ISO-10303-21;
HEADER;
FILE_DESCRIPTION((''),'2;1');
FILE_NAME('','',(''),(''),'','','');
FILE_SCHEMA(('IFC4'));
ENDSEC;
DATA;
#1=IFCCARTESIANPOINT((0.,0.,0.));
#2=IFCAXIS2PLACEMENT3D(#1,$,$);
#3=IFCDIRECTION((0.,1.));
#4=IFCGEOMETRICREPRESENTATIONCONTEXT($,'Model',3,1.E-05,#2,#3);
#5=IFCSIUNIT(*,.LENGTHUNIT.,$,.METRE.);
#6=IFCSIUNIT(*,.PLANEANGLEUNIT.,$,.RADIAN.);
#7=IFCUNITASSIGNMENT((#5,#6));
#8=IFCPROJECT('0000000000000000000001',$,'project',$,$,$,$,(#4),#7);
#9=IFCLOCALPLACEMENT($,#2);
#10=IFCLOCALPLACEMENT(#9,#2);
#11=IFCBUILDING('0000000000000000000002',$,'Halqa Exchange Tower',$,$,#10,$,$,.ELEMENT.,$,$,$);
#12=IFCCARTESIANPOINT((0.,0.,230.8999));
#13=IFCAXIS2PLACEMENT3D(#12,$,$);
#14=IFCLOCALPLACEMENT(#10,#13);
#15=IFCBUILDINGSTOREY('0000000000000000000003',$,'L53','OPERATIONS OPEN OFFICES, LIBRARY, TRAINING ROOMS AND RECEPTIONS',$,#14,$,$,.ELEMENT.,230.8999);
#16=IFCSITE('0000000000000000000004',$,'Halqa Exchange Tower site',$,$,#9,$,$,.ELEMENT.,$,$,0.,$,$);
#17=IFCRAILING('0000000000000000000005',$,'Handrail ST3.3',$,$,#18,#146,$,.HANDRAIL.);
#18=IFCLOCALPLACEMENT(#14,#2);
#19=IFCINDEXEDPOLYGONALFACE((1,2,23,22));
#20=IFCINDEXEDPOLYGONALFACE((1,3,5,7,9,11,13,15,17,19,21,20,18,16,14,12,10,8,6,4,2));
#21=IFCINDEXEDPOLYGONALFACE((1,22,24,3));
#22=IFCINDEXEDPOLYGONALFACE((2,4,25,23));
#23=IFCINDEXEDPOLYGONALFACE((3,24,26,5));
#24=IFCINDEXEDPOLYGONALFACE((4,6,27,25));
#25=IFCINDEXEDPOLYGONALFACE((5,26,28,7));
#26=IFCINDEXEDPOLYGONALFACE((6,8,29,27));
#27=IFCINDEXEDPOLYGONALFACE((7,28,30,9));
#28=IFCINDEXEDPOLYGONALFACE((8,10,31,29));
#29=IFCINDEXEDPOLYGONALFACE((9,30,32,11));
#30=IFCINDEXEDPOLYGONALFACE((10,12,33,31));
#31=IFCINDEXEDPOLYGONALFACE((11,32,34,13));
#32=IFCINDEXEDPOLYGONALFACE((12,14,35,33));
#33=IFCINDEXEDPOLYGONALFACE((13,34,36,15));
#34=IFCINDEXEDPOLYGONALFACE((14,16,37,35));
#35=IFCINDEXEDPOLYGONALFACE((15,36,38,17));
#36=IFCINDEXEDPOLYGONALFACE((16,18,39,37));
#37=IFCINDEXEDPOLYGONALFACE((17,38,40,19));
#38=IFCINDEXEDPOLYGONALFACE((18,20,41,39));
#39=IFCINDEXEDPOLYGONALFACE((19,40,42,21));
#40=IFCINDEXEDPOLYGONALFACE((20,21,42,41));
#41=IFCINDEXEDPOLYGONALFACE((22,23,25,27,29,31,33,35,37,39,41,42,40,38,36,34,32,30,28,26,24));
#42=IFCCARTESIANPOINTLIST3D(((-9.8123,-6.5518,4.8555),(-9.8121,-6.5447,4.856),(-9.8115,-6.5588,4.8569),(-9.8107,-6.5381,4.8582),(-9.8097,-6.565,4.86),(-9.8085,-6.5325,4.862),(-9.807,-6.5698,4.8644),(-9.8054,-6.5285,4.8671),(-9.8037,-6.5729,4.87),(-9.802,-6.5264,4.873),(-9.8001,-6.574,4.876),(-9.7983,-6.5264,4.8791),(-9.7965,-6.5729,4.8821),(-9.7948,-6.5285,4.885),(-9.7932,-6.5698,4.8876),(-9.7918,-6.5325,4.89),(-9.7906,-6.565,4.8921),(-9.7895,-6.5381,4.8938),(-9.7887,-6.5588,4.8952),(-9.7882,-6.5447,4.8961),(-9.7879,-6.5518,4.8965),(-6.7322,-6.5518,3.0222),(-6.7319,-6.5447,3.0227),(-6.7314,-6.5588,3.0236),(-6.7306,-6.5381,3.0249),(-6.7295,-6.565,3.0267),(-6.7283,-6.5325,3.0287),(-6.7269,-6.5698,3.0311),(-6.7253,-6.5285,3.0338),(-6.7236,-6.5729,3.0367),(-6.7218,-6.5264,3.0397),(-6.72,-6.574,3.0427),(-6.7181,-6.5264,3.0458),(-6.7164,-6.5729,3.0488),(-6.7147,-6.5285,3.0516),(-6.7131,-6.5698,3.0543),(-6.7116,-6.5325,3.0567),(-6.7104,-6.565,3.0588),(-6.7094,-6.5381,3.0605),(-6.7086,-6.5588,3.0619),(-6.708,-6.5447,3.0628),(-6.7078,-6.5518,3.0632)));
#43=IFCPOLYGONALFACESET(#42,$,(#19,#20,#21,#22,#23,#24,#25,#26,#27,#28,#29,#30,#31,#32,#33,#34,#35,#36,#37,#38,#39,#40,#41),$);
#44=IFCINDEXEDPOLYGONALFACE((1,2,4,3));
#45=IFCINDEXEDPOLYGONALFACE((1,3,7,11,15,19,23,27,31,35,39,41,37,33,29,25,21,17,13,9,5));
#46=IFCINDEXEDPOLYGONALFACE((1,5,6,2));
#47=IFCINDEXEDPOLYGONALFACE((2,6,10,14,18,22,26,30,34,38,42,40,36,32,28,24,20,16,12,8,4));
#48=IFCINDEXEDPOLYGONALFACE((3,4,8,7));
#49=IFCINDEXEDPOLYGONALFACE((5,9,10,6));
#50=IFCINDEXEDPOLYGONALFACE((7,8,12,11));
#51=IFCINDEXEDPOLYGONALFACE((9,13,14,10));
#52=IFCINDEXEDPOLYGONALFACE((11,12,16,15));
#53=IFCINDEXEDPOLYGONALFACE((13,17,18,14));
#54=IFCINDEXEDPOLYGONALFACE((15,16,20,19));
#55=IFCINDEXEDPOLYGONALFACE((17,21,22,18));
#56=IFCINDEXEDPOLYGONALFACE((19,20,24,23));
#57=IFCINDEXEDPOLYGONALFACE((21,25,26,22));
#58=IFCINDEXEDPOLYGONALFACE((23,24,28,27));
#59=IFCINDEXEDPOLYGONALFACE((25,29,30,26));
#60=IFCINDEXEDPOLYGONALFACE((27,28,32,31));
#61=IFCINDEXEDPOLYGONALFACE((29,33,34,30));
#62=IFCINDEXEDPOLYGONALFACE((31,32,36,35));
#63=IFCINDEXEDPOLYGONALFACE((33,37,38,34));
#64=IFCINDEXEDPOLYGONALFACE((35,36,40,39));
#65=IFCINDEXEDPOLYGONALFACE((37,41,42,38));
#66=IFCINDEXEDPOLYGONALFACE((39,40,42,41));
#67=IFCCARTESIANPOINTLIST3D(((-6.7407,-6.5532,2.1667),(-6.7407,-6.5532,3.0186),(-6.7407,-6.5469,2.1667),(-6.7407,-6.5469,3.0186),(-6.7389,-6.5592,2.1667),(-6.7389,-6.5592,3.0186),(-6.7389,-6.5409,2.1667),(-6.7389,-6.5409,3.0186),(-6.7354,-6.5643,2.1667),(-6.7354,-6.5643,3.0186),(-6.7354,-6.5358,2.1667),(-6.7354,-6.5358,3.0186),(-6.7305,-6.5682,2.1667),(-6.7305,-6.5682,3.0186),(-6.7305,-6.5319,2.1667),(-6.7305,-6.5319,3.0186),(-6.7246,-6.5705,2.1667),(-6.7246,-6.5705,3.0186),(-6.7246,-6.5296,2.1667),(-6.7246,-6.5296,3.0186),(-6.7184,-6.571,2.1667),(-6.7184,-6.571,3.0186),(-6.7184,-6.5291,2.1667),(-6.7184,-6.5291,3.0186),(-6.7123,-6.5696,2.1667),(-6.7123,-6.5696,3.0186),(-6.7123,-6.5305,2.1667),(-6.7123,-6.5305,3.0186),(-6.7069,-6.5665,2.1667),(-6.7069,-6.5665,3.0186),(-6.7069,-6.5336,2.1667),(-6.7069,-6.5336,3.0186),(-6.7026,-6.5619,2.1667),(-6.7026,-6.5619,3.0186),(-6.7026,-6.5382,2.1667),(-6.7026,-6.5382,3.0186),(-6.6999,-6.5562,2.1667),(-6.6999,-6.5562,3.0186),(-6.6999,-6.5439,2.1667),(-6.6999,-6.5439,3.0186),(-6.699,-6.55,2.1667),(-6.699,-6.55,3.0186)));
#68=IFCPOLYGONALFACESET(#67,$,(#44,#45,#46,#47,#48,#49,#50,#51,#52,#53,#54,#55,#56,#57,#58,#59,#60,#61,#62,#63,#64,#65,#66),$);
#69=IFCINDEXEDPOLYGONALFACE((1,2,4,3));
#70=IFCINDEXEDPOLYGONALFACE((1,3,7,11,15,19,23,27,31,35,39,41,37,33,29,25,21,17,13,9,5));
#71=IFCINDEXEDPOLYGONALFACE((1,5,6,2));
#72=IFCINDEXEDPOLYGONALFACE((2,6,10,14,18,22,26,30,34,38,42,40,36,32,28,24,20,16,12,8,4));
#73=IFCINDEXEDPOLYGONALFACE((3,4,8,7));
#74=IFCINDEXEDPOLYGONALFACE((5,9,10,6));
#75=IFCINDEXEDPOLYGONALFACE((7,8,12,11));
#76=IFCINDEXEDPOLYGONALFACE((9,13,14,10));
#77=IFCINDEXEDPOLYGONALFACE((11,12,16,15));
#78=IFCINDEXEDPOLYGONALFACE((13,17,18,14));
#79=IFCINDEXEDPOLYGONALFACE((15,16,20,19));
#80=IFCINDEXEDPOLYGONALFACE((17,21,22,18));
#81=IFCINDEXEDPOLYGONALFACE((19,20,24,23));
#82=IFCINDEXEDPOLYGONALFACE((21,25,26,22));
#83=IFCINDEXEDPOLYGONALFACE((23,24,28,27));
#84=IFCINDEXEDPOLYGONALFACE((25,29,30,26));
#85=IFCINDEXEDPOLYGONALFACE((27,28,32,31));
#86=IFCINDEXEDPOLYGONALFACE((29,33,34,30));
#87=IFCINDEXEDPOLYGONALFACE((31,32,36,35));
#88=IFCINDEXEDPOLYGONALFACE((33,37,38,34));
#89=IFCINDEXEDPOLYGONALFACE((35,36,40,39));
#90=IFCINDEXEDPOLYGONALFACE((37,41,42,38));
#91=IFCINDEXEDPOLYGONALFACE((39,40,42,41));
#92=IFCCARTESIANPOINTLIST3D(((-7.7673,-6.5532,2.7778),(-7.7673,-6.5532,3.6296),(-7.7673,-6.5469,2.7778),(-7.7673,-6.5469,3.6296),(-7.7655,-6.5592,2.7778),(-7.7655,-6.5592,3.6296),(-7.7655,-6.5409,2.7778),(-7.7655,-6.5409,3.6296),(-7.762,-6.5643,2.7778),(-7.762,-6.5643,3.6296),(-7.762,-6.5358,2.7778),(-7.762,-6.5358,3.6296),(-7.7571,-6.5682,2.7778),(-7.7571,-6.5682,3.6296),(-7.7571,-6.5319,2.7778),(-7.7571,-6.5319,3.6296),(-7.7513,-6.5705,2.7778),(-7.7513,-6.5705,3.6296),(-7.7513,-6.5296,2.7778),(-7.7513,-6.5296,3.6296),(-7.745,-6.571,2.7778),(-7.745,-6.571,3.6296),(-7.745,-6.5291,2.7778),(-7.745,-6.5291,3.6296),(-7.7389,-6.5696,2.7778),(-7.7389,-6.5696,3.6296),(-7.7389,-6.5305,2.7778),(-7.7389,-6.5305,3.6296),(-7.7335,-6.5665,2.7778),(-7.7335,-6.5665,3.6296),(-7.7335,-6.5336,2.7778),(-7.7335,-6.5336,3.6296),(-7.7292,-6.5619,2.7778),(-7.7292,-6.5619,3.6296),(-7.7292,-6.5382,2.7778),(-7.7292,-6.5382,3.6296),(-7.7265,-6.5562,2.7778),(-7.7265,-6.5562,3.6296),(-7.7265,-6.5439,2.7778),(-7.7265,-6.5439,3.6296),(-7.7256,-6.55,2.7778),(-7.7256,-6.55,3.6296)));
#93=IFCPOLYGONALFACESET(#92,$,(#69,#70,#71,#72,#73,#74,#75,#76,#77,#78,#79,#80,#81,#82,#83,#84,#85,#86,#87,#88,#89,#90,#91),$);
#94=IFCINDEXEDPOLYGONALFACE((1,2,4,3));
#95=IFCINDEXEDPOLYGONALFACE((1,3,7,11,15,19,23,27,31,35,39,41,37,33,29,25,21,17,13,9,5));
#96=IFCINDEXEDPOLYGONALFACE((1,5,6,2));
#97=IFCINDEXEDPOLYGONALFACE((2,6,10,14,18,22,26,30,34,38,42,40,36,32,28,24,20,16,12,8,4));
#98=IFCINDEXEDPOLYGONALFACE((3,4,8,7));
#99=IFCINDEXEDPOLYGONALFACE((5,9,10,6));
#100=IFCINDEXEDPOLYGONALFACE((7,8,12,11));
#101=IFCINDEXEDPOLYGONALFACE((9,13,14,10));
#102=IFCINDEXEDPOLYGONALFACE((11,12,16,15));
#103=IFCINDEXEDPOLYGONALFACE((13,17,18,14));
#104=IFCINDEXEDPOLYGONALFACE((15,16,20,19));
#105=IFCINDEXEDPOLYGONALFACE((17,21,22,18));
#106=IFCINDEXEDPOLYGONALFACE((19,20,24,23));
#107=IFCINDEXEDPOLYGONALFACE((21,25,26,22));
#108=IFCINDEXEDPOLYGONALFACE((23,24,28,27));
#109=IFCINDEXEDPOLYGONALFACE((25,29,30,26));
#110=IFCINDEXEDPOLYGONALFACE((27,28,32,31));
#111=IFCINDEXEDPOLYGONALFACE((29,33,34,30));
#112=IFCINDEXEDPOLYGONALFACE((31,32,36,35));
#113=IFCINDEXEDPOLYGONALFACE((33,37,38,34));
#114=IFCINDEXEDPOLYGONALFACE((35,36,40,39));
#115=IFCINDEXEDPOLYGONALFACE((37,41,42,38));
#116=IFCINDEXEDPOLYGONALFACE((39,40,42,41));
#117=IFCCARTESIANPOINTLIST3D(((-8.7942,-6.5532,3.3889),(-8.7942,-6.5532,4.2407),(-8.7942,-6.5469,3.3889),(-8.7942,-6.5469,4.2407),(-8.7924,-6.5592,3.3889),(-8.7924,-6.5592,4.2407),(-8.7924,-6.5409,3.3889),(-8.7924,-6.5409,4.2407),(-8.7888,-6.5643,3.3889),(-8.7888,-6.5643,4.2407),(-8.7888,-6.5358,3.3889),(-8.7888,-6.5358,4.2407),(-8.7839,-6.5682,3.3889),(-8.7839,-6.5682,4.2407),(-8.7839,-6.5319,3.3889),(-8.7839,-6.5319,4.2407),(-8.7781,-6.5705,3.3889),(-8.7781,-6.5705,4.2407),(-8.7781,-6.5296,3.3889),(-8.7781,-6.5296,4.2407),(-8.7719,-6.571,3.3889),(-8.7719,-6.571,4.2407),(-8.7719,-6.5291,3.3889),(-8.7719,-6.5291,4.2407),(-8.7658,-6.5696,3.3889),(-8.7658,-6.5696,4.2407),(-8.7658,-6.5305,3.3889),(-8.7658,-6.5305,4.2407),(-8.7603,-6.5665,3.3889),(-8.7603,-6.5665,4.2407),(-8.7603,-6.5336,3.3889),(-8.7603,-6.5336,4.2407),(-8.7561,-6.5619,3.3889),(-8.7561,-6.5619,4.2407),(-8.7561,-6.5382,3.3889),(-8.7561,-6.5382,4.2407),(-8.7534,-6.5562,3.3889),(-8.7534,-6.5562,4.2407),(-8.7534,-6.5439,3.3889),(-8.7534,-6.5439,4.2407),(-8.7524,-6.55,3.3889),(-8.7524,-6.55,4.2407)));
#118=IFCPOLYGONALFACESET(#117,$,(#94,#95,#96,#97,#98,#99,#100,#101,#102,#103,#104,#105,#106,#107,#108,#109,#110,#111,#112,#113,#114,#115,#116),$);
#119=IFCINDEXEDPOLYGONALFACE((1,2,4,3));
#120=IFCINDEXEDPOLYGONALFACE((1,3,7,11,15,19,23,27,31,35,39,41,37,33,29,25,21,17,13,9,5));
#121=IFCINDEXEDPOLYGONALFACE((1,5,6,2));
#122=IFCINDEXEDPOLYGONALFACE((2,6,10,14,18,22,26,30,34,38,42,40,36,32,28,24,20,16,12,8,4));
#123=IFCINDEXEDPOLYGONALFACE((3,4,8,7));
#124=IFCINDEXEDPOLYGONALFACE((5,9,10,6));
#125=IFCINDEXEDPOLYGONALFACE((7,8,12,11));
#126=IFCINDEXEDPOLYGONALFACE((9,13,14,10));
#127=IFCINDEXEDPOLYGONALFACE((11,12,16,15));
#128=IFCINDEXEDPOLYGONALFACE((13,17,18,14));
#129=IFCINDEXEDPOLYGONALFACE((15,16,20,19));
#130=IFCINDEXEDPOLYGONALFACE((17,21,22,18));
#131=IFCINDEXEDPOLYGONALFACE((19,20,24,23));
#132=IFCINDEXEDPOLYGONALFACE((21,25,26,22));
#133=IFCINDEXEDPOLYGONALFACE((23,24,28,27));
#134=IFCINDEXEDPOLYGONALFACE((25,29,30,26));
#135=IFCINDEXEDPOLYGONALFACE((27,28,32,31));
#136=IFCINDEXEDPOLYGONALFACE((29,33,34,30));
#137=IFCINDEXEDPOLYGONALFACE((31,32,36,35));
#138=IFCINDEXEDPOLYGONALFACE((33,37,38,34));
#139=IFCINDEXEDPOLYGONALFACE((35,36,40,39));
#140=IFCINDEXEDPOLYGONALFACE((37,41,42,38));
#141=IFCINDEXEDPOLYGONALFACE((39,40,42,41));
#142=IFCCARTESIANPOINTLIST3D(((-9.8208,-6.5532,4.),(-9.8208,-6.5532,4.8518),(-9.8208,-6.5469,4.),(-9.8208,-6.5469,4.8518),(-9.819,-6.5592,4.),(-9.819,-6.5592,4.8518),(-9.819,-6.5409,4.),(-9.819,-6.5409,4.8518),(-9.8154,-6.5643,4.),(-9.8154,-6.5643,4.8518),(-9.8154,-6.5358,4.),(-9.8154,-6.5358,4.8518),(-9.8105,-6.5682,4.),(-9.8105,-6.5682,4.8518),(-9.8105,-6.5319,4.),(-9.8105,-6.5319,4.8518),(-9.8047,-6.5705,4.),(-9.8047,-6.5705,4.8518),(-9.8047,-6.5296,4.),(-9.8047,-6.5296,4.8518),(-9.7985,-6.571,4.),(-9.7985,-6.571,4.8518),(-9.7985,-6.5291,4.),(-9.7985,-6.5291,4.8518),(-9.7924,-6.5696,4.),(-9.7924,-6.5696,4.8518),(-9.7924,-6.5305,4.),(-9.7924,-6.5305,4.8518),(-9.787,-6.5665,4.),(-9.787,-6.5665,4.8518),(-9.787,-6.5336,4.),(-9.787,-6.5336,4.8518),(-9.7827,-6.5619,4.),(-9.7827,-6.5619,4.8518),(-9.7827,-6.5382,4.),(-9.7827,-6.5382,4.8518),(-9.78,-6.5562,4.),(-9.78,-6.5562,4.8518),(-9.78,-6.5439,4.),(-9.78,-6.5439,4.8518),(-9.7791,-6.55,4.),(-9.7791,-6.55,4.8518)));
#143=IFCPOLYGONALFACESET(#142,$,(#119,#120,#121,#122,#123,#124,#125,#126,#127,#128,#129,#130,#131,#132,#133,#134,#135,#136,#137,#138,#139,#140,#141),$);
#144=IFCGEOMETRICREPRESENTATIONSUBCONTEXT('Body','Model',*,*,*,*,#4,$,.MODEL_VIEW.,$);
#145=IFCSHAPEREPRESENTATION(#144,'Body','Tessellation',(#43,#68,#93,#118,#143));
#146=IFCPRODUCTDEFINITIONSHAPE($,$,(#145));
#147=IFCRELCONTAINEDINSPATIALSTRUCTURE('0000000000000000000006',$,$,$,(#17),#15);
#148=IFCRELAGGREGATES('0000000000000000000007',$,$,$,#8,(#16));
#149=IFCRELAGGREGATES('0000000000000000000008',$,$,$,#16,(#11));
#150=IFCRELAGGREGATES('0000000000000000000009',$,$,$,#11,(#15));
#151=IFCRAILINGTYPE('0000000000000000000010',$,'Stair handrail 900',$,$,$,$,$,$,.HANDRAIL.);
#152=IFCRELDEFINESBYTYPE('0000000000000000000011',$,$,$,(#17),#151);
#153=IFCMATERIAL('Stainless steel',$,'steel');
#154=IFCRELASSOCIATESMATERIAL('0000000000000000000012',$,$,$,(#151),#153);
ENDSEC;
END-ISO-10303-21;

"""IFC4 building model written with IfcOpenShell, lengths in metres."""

from ifc_helpers import new_model, si_unit, direction, frame, origin, origin_2d, place, context, subcontext, project, spatial, circle, extrude, material, type_object, element, save


model = new_model("IFC4")

# Units and contexts
model_context = context("Model", 3, precision=1e-05, world=origin(), true_north=direction((0.0, 1.0)))
body_context = subcontext(model_context, "Body", "Model", "MODEL_VIEW")
ifc_project = project(units=[si_unit("LENGTHUNIT", "METRE"), si_unit("PLANEANGLEUNIT", "RADIAN")], contexts=[model_context])

# Site, building, storey
site_placement = place(None, origin())
site = spatial("IfcSite", under=ifc_project, at=site_placement, Name="Halqa Exchange Tower site", CompositionType="ELEMENT", RefElevation=0.0)
building_placement = place(site_placement, origin())
building = spatial("IfcBuilding", under=site, at=building_placement, Name="Halqa Exchange Tower", CompositionType="ELEMENT")
storey_placement = place(building_placement, frame((0.0, 0.0, 230.8999)))
storey = spatial("IfcBuildingStorey", under=building, at=storey_placement, Name="L53", Description="OPERATIONS OPEN OFFICES, LIBRARY, TRAINING ROOMS AND RECEPTIONS", CompositionType="ELEMENT", Elevation=230.8999)

# Shared definitions
ifc_material_1 = material(Name="Stainless steel", Category="steel")

# Railing
railing_type_1 = type_object("IfcRailingType", Name="Stair handrail 900", PredefinedType="HANDRAIL", material=ifc_material_1)
railing_1_placement = place(storey_placement, frame((-6.72, -6.55, 2.1667)))
element("IfcRailing", 1, at=railing_1_placement, inside=storey, type_object=railing_type_1, Name="Handrail ST3.3", PredefinedType="HANDRAIL", context=body_context, shape_type="SweptSolid", body=[
    extrude(circle(Radius=0.0239, at=origin_2d()), frame((0.0, 0.0, 0.876), z_axis=(-0.859309, 0.0, 0.511458), x_axis=(0.0, -1.0, 0.0)), (0.0, 0.0, 1.0), 3.5845),
    extrude(circle(Radius=0.021, at=origin_2d()), origin(), (0.0, 0.0, 1.0), 0.8518),
    extrude(circle(Radius=0.021, at=origin_2d()), frame((-1.0266, 0.0, 0.6111)), (0.0, 0.0, 1.0), 0.8518),
    extrude(circle(Radius=0.021, at=origin_2d()), frame((-2.0535, 0.0, 1.2222)), (0.0, 0.0, 1.0), 0.8518),
    extrude(circle(Radius=0.021, at=origin_2d()), frame((-3.0801, 0.0, 1.8333)), (0.0, 0.0, 1.0), 0.8518),
])

save(model, "model.ifc")
